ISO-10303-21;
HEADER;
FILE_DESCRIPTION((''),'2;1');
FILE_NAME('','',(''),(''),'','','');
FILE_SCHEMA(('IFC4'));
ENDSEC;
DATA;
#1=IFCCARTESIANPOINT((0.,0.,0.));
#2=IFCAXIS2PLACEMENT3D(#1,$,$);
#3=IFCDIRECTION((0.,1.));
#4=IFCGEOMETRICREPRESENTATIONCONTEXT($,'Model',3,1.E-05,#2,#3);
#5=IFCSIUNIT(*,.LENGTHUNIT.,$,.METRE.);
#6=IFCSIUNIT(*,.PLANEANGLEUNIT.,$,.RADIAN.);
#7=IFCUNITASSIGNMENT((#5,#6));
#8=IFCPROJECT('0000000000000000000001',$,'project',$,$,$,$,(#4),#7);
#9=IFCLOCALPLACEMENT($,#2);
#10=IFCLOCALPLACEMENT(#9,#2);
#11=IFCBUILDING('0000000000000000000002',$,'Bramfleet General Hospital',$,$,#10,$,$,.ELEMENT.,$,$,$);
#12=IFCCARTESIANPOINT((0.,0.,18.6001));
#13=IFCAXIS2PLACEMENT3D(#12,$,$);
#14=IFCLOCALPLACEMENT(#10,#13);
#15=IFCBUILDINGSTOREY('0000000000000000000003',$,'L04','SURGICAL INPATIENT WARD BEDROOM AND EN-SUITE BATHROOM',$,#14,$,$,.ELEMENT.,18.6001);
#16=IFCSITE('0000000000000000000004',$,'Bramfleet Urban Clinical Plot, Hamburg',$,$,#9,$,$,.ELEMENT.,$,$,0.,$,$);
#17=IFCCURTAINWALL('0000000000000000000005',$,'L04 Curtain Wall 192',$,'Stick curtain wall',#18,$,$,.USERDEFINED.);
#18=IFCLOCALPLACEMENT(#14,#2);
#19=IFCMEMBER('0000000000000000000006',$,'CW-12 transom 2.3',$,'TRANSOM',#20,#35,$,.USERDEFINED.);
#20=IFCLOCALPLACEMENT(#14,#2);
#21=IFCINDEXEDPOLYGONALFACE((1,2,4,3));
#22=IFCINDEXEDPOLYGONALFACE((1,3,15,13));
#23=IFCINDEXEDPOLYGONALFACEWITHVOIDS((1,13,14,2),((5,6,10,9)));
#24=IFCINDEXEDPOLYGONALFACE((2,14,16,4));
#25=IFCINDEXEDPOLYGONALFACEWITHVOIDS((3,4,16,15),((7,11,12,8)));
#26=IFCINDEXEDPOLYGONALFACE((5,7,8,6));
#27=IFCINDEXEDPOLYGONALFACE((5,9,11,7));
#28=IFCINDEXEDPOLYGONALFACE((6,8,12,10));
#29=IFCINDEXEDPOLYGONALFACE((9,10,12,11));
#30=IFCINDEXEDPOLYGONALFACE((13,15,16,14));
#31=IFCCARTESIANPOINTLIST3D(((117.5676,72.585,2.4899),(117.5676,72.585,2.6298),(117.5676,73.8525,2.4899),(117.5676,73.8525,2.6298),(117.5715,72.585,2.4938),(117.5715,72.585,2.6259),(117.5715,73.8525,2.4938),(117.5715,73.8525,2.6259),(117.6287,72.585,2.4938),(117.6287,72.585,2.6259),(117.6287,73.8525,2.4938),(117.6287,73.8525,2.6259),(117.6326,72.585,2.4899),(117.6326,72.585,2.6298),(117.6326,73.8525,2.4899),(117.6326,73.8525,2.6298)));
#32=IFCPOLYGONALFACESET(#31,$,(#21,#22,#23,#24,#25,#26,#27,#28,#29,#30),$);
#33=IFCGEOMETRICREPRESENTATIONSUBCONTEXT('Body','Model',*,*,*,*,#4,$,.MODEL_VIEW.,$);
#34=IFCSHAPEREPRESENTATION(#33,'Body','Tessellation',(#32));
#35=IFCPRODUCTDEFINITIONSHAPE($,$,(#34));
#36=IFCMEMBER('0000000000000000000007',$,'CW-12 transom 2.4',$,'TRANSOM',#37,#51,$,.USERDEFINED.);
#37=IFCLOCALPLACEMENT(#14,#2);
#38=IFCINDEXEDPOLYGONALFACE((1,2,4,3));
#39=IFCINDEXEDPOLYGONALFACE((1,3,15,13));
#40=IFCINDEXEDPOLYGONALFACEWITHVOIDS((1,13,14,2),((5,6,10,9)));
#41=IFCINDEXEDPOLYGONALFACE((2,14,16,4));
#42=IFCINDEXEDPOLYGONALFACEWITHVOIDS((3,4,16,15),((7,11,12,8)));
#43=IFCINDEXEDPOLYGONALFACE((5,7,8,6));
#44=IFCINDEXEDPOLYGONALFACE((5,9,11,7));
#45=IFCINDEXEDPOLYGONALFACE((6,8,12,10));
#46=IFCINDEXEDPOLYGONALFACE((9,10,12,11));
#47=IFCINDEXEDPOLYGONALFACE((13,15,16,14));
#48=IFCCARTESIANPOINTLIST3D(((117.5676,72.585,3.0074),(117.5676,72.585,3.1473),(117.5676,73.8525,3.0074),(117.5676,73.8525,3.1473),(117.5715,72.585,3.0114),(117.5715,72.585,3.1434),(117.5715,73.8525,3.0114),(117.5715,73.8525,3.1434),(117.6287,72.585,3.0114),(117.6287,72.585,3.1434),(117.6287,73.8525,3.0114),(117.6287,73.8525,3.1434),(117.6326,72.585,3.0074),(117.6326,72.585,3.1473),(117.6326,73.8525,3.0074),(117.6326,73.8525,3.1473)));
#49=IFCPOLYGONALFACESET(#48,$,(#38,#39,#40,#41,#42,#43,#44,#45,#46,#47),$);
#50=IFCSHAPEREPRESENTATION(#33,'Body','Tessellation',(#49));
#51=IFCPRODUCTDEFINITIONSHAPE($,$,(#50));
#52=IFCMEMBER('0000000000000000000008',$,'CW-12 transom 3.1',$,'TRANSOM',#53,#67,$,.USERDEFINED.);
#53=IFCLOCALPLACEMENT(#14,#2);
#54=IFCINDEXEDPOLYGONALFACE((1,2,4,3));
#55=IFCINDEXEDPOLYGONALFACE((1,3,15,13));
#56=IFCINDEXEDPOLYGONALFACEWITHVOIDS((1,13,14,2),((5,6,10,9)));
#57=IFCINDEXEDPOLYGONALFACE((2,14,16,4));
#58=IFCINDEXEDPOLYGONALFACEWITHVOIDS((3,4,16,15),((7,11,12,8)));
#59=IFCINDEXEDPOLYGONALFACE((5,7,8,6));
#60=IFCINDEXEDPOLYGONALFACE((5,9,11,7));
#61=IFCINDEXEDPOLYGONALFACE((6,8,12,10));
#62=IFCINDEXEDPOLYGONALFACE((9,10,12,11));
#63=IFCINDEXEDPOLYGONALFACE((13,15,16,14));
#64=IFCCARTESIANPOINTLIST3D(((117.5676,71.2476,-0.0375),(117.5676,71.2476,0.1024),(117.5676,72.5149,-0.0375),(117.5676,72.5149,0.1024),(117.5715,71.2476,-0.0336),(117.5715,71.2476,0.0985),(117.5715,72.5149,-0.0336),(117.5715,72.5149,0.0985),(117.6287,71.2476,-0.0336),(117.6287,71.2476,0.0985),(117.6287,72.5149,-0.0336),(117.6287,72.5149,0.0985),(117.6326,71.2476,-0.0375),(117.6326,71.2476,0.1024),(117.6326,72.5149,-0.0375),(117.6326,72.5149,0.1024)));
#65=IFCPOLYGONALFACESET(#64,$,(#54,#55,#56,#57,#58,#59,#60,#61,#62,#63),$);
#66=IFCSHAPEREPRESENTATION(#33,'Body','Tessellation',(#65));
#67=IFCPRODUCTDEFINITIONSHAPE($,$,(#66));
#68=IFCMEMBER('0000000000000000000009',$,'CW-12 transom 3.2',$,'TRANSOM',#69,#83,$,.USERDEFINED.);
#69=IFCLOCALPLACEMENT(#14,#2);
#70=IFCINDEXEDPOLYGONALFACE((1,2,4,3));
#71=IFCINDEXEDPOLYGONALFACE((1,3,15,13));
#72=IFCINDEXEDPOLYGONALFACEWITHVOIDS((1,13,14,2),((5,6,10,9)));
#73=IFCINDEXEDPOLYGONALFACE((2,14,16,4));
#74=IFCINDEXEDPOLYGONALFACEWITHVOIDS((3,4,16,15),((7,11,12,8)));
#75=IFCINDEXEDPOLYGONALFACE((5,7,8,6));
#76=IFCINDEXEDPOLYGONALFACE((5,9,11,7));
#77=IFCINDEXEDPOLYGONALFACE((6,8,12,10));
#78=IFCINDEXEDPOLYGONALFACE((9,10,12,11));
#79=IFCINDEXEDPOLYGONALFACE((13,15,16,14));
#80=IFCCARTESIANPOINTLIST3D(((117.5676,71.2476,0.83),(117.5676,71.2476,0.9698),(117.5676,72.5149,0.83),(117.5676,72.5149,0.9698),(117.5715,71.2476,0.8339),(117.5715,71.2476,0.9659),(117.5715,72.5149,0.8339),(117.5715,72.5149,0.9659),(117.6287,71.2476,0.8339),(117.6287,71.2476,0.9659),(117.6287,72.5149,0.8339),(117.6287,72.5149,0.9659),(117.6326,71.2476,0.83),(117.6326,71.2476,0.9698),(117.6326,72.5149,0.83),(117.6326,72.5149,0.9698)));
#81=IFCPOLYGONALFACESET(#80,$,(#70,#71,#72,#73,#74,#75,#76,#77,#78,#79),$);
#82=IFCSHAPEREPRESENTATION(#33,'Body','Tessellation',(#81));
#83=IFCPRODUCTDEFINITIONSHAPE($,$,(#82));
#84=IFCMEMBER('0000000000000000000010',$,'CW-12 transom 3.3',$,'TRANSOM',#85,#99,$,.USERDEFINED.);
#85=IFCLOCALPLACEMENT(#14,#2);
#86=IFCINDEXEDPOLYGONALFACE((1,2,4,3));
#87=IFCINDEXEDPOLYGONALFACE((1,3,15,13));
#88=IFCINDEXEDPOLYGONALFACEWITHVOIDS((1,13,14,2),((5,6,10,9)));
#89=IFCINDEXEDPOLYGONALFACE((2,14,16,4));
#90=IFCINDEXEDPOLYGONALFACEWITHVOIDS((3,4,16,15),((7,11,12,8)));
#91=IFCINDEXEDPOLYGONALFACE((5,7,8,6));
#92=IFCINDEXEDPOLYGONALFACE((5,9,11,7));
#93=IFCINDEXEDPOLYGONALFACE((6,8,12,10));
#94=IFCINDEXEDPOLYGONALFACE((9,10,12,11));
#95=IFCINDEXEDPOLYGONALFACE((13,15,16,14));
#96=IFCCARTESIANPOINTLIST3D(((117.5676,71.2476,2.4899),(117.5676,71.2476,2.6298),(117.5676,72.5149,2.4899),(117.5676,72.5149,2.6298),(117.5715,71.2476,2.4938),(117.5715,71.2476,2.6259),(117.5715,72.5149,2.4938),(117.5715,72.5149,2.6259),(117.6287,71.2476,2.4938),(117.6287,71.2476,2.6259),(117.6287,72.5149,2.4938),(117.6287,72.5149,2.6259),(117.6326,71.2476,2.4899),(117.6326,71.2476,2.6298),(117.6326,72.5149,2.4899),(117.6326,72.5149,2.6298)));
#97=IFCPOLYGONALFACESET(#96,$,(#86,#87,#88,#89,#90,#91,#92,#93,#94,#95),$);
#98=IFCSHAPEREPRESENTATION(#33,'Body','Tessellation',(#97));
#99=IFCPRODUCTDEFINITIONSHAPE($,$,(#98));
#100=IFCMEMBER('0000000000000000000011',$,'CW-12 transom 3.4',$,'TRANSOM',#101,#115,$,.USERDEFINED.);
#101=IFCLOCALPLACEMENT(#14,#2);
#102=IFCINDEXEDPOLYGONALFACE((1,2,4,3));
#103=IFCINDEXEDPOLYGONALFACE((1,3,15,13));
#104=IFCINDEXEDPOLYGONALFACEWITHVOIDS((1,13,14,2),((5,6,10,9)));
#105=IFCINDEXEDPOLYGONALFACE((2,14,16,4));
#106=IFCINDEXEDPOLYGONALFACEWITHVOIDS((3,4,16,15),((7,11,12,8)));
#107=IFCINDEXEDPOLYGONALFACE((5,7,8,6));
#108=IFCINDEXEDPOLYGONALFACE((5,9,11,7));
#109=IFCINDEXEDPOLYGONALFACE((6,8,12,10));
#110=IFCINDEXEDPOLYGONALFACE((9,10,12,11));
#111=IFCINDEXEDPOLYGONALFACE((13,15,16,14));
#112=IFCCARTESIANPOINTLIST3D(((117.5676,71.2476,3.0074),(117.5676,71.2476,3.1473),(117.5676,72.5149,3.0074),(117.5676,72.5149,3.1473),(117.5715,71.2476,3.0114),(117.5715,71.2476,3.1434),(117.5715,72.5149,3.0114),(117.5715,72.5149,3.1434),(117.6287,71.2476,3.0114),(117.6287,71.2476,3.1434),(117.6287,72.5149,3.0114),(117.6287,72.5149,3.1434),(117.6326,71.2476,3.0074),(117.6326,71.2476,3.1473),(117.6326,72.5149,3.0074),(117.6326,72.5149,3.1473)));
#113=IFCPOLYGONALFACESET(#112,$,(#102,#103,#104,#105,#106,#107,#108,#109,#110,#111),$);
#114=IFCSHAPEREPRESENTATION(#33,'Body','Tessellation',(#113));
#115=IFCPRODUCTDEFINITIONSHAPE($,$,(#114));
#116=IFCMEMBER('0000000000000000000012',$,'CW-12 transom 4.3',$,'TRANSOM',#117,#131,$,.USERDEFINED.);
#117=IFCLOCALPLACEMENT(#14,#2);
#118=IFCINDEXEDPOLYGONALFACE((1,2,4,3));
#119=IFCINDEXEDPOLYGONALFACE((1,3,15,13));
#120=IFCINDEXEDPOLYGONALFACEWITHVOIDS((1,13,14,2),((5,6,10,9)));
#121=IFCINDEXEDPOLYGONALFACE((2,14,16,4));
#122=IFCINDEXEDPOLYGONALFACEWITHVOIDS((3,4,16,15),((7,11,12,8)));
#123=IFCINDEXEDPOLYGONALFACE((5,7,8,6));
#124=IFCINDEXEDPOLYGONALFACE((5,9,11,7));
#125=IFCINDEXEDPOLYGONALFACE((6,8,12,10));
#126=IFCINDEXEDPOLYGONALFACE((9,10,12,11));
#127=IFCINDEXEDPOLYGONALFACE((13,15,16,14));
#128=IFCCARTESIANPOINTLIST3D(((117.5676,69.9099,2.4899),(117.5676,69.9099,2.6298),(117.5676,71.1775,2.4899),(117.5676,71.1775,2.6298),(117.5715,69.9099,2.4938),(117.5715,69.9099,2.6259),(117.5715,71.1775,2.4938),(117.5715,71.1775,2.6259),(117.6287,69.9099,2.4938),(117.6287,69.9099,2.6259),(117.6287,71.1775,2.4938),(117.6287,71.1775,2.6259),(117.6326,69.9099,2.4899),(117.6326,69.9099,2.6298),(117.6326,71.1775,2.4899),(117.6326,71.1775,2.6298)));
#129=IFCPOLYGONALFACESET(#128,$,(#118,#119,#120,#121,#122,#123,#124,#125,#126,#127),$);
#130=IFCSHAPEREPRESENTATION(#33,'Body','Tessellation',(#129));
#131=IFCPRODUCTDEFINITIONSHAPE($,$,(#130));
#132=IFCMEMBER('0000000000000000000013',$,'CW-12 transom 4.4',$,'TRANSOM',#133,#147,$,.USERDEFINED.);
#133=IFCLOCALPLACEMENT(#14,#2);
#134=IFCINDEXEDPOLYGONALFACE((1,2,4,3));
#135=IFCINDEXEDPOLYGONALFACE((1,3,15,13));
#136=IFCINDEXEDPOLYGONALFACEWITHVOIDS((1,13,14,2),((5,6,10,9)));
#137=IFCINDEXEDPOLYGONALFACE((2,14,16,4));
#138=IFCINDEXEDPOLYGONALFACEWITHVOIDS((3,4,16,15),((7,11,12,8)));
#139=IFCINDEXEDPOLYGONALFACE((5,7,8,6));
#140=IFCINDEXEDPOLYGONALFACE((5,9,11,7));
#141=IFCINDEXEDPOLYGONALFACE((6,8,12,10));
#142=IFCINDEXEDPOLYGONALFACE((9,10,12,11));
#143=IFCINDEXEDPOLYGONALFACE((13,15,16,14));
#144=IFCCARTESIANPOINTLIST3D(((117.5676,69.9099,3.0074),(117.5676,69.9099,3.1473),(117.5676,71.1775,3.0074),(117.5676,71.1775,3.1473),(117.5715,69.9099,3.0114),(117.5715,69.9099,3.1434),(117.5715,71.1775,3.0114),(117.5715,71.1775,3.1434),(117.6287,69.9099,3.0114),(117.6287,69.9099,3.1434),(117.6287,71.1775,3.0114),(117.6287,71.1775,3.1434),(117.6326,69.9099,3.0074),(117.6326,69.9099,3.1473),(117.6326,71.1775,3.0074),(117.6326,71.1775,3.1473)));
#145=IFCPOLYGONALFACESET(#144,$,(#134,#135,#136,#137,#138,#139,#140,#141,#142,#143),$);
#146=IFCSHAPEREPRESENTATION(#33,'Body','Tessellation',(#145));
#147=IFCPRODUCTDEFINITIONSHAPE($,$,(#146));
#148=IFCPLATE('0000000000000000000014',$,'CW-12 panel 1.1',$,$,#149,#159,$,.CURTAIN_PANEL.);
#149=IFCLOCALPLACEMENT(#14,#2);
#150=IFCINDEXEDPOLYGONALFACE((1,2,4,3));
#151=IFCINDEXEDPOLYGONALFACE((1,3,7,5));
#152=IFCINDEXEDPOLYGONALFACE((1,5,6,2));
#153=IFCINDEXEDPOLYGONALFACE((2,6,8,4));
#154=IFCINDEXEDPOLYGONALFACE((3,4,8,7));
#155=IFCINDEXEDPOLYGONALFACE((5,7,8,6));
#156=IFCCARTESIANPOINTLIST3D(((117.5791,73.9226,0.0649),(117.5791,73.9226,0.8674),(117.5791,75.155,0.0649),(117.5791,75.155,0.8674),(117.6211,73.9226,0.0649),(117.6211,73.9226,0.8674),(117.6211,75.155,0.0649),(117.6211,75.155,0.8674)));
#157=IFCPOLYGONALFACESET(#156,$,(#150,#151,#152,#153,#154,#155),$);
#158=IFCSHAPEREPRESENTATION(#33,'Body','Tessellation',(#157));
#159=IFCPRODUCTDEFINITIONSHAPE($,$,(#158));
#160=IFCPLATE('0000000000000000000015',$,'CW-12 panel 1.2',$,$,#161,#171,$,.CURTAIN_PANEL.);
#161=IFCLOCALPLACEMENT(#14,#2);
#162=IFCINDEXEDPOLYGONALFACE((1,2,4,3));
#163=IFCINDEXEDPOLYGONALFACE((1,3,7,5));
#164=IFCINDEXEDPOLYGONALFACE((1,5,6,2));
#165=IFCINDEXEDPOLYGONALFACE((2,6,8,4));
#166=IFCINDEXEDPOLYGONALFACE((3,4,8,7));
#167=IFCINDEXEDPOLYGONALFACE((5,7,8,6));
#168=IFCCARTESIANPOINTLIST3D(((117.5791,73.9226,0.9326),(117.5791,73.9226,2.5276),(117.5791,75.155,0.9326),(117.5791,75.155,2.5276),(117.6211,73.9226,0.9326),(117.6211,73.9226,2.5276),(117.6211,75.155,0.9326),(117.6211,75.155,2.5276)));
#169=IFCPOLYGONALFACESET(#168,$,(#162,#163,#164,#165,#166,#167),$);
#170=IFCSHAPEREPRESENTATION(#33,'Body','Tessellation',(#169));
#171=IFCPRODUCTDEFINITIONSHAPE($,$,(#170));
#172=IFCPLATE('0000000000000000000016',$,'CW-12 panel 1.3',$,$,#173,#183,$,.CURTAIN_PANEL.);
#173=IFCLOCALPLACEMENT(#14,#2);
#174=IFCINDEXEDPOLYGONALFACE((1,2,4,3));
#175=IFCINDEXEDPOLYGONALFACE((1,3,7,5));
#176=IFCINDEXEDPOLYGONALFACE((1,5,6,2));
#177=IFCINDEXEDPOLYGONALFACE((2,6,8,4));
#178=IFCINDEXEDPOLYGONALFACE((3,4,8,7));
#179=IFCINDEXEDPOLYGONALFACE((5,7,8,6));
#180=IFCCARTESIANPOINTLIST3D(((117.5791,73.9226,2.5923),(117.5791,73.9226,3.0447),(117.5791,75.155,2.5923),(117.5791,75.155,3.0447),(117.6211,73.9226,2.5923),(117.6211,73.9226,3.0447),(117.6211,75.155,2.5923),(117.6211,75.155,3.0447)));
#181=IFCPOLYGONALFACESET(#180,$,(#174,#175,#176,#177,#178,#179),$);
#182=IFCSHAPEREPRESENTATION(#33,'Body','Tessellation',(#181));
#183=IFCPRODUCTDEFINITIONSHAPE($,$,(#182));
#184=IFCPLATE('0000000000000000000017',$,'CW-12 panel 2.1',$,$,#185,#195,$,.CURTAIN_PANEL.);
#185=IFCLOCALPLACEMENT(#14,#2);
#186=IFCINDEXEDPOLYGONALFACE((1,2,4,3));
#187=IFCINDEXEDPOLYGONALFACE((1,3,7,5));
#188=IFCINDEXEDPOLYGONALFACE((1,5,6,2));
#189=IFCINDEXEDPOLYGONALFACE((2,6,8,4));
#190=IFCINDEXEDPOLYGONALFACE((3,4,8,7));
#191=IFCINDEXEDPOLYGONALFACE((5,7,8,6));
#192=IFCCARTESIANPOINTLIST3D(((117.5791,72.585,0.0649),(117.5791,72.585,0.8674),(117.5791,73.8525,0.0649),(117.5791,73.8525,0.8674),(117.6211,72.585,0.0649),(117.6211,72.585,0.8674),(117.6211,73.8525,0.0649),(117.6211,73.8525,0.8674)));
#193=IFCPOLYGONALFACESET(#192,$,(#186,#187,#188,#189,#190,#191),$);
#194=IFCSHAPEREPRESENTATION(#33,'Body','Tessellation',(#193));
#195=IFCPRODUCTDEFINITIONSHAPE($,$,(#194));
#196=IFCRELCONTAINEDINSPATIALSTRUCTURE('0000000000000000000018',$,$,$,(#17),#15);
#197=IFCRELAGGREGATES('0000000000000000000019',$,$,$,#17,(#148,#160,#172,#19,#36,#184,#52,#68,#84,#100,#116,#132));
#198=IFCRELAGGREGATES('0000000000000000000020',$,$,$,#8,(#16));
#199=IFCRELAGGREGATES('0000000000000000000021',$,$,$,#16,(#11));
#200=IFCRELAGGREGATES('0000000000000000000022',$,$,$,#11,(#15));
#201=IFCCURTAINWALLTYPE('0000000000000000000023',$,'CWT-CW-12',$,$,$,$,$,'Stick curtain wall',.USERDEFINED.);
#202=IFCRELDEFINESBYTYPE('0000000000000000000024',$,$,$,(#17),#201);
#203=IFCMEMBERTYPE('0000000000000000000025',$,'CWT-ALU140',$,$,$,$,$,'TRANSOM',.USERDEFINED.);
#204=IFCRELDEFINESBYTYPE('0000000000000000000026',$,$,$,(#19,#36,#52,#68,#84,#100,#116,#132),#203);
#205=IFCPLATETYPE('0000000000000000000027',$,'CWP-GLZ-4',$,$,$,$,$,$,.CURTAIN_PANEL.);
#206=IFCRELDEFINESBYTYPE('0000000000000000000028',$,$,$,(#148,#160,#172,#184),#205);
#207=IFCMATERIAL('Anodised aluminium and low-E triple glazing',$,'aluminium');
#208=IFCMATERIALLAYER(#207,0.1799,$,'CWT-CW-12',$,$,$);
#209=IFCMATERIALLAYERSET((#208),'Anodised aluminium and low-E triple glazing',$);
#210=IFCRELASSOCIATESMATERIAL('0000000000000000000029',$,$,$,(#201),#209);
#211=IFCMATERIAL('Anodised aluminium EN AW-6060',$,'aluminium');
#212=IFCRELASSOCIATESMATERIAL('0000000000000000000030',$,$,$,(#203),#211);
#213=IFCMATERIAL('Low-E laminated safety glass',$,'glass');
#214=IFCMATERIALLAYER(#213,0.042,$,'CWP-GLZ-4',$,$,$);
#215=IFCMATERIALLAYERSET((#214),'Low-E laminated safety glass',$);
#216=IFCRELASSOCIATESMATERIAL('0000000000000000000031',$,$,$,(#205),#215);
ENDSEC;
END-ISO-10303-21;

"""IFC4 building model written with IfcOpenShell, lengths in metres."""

from ifc_helpers import new_model, si_unit, direction, frame, origin, origin_2d, place, context, subcontext, project, spatial, rectangle, hollow_rectangle, extrude, material, layer, layer_set, material_profile, profile_set, type_object, element, aggregate, save


model = new_model("IFC4")

# Units and contexts
model_context = context("Model", 3, precision=1e-05, world=origin(), true_north=direction((0.0, 1.0)))
body_context = subcontext(model_context, "Body", "Model", "MODEL_VIEW")
ifc_project = project(units=[si_unit("LENGTHUNIT", "METRE"), si_unit("PLANEANGLEUNIT", "RADIAN")], contexts=[model_context])

# Site, building, storey
site_placement = place(None, origin())
site = spatial("IfcSite", under=ifc_project, at=site_placement, Name="Bramfleet Urban Clinical Plot, Hamburg", CompositionType="ELEMENT", RefElevation=0.0)
building_placement = place(site_placement, origin())
building = spatial("IfcBuilding", under=site, at=building_placement, Name="Bramfleet General Hospital", CompositionType="ELEMENT")
storey_placement = place(building_placement, frame((0.0, 0.0, 18.6001)))
storey = spatial("IfcBuildingStorey", under=building, at=storey_placement, Name="L04", Description="SURGICAL INPATIENT WARD BEDROOM AND EN-SUITE BATHROOM", CompositionType="ELEMENT", Elevation=18.6001)

# Curtain wall, members, plates
ifc_material_1 = material(Name="Anodised aluminium and low-E triple glazing", Category="aluminium")
ifc_layer_1 = layer(ifc_material_1, 0.1799, Name="CWT-CW-12")
ifc_layer_set_1 = layer_set([ifc_layer_1], Name="Anodised aluminium and low-E triple glazing")
curtain_wall_type = type_object("IfcCurtainWallType", Name="CWT-CW-12", ElementType="Stick curtain wall", PredefinedType="USERDEFINED", material=ifc_layer_set_1)
curtain_wall_placement = place(storey_placement, origin())
curtain_wall = element("IfcCurtainWall", 1, at=curtain_wall_placement, inside=storey, type_object=curtain_wall_type, Name="L04 Curtain Wall 192", ObjectType="Stick curtain wall", PredefinedType="USERDEFINED")
ifc_material_2 = material(Name="Anodised aluminium EN AW-6060", Category="aluminium")
ifc_material_profile_1 = material_profile(ifc_material_2, hollow_rectangle(XDim=0.0649, YDim=0.1399, WallThickness=0.0039, at=origin_2d()), Name="ALU 140x65x4.0")
ifc_profile_set_1 = profile_set([ifc_material_profile_1], Name="Anodised aluminium EN AW-6060")
member_type_1 = type_object("IfcMemberType", Name="CWT-ALU140", ElementType="TRANSOM", PredefinedType="USERDEFINED", material=ifc_profile_set_1)
member_1_placement = place(storey_placement, frame((117.6001, 73.8525, 2.5598), z_axis=(0.0, -1.0, 0.0), x_axis=(1.0, 0.0, 0.0)))
member_1 = element("IfcMember", 2, at=member_1_placement, type_object=member_type_1, Name="CW-12 transom 2.3", ObjectType="TRANSOM", PredefinedType="USERDEFINED", context=body_context, shape_type="SweptSolid", body=[
    extrude(hollow_rectangle(XDim=0.0649, YDim=0.1399, WallThickness=0.0039, at=origin_2d()), origin(), (0.0, 0.0, 1.0), 1.2676),
])
member_2_placement = place(storey_placement, frame((117.6001, 73.8525, 3.0774), z_axis=(0.0, -1.0, 0.0), x_axis=(1.0, 0.0, 0.0)))
member_2 = element("IfcMember", 3, at=member_2_placement, type_object=member_type_1, Name="CW-12 transom 2.4", ObjectType="TRANSOM", PredefinedType="USERDEFINED", context=body_context, shape_type="SweptSolid", body=[
    extrude(hollow_rectangle(XDim=0.0649, YDim=0.1399, WallThickness=0.0039, at=origin_2d()), origin(), (0.0, 0.0, 1.0), 1.2676),
])
member_3_placement = place(storey_placement, frame((117.6001, 72.5149, 0.0325), z_axis=(0.0, -1.0, 0.0), x_axis=(1.0, 0.0, 0.0)))
member_3 = element("IfcMember", 4, at=member_3_placement, type_object=member_type_1, Name="CW-12 transom 3.1", ObjectType="TRANSOM", PredefinedType="USERDEFINED", context=body_context, shape_type="SweptSolid", body=[
    extrude(hollow_rectangle(XDim=0.0649, YDim=0.1399, WallThickness=0.0039, at=origin_2d()), origin(), (0.0, 0.0, 1.0), 1.2673),
])
member_4_placement = place(storey_placement, frame((117.6001, 72.5149, 0.8999), z_axis=(0.0, -1.0, 0.0), x_axis=(1.0, 0.0, 0.0)))
member_4 = element("IfcMember", 5, at=member_4_placement, type_object=member_type_1, Name="CW-12 transom 3.2", ObjectType="TRANSOM", PredefinedType="USERDEFINED", context=body_context, shape_type="SweptSolid", body=[
    extrude(hollow_rectangle(XDim=0.0649, YDim=0.1399, WallThickness=0.0039, at=origin_2d()), origin(), (0.0, 0.0, 1.0), 1.2673),
])
member_5_placement = place(storey_placement, frame((117.6001, 72.5149, 2.5598), z_axis=(0.0, -1.0, 0.0), x_axis=(1.0, 0.0, 0.0)))
member_5 = element("IfcMember", 6, at=member_5_placement, type_object=member_type_1, Name="CW-12 transom 3.3", ObjectType="TRANSOM", PredefinedType="USERDEFINED", context=body_context, shape_type="SweptSolid", body=[
    extrude(hollow_rectangle(XDim=0.0649, YDim=0.1399, WallThickness=0.0039, at=origin_2d()), origin(), (0.0, 0.0, 1.0), 1.2673),
])
member_6_placement = place(storey_placement, frame((117.6001, 72.5149, 3.0774), z_axis=(0.0, -1.0, 0.0), x_axis=(1.0, 0.0, 0.0)))
member_6 = element("IfcMember", 7, at=member_6_placement, type_object=member_type_1, Name="CW-12 transom 3.4", ObjectType="TRANSOM", PredefinedType="USERDEFINED", context=body_context, shape_type="SweptSolid", body=[
    extrude(hollow_rectangle(XDim=0.0649, YDim=0.1399, WallThickness=0.0039, at=origin_2d()), origin(), (0.0, 0.0, 1.0), 1.2673),
])
member_7_placement = place(storey_placement, frame((117.6001, 71.1775, 2.5598), z_axis=(0.0, -1.0, 0.0), x_axis=(1.0, 0.0, 0.0)))
member_7 = element("IfcMember", 8, at=member_7_placement, type_object=member_type_1, Name="CW-12 transom 4.3", ObjectType="TRANSOM", PredefinedType="USERDEFINED", context=body_context, shape_type="SweptSolid", body=[
    extrude(hollow_rectangle(XDim=0.0649, YDim=0.1399, WallThickness=0.0039, at=origin_2d()), origin(), (0.0, 0.0, 1.0), 1.2676),
])
member_8_placement = place(storey_placement, frame((117.6001, 71.1775, 3.0774), z_axis=(0.0, -1.0, 0.0), x_axis=(1.0, 0.0, 0.0)))
member_8 = element("IfcMember", 9, at=member_8_placement, type_object=member_type_1, Name="CW-12 transom 4.4", ObjectType="TRANSOM", PredefinedType="USERDEFINED", context=body_context, shape_type="SweptSolid", body=[
    extrude(hollow_rectangle(XDim=0.0649, YDim=0.1399, WallThickness=0.0039, at=origin_2d()), origin(), (0.0, 0.0, 1.0), 1.2676),
])
ifc_material_3 = material(Name="Low-E laminated safety glass", Category="glass")
ifc_layer_2 = layer(ifc_material_3, 0.042, Name="CWP-GLZ-4")
ifc_layer_set_2 = layer_set([ifc_layer_2], Name="Low-E laminated safety glass")
plate_type = type_object("IfcPlateType", Name="CWP-GLZ-4", PredefinedType="CURTAIN_PANEL", material=ifc_layer_set_2)
plate_1_placement = place(storey_placement, frame((117.6001, 74.5388, 0.0649), z_axis=(0.0, 0.0, 1.0), x_axis=(0.0, -1.0, 0.0)))
plate_1 = element("IfcPlate", 10, at=plate_1_placement, type_object=plate_type, Name="CW-12 panel 1.1", PredefinedType="CURTAIN_PANEL", context=body_context, shape_type="SweptSolid", body=[
    extrude(rectangle(XDim=1.2324, YDim=0.042, at=origin_2d()), origin(), (0.0, 0.0, 1.0), 0.8025),
])
plate_2_placement = place(storey_placement, frame((117.6001, 74.5388, 0.9326), z_axis=(0.0, 0.0, 1.0), x_axis=(0.0, -1.0, 0.0)))
plate_2 = element("IfcPlate", 11, at=plate_2_placement, type_object=plate_type, Name="CW-12 panel 1.2", PredefinedType="CURTAIN_PANEL", context=body_context, shape_type="SweptSolid", body=[
    extrude(rectangle(XDim=1.2324, YDim=0.042, at=origin_2d()), origin(), (0.0, 0.0, 1.0), 1.595),
])
plate_3_placement = place(storey_placement, frame((117.6001, 74.5388, 2.5923), z_axis=(0.0, 0.0, 1.0), x_axis=(0.0, -1.0, 0.0)))
plate_3 = element("IfcPlate", 12, at=plate_3_placement, type_object=plate_type, Name="CW-12 panel 1.3", PredefinedType="CURTAIN_PANEL", context=body_context, shape_type="SweptSolid", body=[
    extrude(rectangle(XDim=1.2324, YDim=0.042, at=origin_2d()), origin(), (0.0, 0.0, 1.0), 0.4524),
])
plate_4_placement = place(storey_placement, frame((117.6001, 73.2188, 0.0649), z_axis=(0.0, 0.0, 1.0), x_axis=(0.0, -1.0, 0.0)))
plate_4 = element("IfcPlate", 13, at=plate_4_placement, type_object=plate_type, Name="CW-12 panel 2.1", PredefinedType="CURTAIN_PANEL", context=body_context, shape_type="SweptSolid", body=[
    extrude(rectangle(XDim=1.2676, YDim=0.042, at=origin_2d()), origin(), (0.0, 0.0, 1.0), 0.8025),
])
aggregate(curtain_wall, [plate_1, plate_2, plate_3, member_1, member_2, plate_4, member_3, member_4, member_5, member_6, member_7, member_8])

save(model, "model.ifc")
